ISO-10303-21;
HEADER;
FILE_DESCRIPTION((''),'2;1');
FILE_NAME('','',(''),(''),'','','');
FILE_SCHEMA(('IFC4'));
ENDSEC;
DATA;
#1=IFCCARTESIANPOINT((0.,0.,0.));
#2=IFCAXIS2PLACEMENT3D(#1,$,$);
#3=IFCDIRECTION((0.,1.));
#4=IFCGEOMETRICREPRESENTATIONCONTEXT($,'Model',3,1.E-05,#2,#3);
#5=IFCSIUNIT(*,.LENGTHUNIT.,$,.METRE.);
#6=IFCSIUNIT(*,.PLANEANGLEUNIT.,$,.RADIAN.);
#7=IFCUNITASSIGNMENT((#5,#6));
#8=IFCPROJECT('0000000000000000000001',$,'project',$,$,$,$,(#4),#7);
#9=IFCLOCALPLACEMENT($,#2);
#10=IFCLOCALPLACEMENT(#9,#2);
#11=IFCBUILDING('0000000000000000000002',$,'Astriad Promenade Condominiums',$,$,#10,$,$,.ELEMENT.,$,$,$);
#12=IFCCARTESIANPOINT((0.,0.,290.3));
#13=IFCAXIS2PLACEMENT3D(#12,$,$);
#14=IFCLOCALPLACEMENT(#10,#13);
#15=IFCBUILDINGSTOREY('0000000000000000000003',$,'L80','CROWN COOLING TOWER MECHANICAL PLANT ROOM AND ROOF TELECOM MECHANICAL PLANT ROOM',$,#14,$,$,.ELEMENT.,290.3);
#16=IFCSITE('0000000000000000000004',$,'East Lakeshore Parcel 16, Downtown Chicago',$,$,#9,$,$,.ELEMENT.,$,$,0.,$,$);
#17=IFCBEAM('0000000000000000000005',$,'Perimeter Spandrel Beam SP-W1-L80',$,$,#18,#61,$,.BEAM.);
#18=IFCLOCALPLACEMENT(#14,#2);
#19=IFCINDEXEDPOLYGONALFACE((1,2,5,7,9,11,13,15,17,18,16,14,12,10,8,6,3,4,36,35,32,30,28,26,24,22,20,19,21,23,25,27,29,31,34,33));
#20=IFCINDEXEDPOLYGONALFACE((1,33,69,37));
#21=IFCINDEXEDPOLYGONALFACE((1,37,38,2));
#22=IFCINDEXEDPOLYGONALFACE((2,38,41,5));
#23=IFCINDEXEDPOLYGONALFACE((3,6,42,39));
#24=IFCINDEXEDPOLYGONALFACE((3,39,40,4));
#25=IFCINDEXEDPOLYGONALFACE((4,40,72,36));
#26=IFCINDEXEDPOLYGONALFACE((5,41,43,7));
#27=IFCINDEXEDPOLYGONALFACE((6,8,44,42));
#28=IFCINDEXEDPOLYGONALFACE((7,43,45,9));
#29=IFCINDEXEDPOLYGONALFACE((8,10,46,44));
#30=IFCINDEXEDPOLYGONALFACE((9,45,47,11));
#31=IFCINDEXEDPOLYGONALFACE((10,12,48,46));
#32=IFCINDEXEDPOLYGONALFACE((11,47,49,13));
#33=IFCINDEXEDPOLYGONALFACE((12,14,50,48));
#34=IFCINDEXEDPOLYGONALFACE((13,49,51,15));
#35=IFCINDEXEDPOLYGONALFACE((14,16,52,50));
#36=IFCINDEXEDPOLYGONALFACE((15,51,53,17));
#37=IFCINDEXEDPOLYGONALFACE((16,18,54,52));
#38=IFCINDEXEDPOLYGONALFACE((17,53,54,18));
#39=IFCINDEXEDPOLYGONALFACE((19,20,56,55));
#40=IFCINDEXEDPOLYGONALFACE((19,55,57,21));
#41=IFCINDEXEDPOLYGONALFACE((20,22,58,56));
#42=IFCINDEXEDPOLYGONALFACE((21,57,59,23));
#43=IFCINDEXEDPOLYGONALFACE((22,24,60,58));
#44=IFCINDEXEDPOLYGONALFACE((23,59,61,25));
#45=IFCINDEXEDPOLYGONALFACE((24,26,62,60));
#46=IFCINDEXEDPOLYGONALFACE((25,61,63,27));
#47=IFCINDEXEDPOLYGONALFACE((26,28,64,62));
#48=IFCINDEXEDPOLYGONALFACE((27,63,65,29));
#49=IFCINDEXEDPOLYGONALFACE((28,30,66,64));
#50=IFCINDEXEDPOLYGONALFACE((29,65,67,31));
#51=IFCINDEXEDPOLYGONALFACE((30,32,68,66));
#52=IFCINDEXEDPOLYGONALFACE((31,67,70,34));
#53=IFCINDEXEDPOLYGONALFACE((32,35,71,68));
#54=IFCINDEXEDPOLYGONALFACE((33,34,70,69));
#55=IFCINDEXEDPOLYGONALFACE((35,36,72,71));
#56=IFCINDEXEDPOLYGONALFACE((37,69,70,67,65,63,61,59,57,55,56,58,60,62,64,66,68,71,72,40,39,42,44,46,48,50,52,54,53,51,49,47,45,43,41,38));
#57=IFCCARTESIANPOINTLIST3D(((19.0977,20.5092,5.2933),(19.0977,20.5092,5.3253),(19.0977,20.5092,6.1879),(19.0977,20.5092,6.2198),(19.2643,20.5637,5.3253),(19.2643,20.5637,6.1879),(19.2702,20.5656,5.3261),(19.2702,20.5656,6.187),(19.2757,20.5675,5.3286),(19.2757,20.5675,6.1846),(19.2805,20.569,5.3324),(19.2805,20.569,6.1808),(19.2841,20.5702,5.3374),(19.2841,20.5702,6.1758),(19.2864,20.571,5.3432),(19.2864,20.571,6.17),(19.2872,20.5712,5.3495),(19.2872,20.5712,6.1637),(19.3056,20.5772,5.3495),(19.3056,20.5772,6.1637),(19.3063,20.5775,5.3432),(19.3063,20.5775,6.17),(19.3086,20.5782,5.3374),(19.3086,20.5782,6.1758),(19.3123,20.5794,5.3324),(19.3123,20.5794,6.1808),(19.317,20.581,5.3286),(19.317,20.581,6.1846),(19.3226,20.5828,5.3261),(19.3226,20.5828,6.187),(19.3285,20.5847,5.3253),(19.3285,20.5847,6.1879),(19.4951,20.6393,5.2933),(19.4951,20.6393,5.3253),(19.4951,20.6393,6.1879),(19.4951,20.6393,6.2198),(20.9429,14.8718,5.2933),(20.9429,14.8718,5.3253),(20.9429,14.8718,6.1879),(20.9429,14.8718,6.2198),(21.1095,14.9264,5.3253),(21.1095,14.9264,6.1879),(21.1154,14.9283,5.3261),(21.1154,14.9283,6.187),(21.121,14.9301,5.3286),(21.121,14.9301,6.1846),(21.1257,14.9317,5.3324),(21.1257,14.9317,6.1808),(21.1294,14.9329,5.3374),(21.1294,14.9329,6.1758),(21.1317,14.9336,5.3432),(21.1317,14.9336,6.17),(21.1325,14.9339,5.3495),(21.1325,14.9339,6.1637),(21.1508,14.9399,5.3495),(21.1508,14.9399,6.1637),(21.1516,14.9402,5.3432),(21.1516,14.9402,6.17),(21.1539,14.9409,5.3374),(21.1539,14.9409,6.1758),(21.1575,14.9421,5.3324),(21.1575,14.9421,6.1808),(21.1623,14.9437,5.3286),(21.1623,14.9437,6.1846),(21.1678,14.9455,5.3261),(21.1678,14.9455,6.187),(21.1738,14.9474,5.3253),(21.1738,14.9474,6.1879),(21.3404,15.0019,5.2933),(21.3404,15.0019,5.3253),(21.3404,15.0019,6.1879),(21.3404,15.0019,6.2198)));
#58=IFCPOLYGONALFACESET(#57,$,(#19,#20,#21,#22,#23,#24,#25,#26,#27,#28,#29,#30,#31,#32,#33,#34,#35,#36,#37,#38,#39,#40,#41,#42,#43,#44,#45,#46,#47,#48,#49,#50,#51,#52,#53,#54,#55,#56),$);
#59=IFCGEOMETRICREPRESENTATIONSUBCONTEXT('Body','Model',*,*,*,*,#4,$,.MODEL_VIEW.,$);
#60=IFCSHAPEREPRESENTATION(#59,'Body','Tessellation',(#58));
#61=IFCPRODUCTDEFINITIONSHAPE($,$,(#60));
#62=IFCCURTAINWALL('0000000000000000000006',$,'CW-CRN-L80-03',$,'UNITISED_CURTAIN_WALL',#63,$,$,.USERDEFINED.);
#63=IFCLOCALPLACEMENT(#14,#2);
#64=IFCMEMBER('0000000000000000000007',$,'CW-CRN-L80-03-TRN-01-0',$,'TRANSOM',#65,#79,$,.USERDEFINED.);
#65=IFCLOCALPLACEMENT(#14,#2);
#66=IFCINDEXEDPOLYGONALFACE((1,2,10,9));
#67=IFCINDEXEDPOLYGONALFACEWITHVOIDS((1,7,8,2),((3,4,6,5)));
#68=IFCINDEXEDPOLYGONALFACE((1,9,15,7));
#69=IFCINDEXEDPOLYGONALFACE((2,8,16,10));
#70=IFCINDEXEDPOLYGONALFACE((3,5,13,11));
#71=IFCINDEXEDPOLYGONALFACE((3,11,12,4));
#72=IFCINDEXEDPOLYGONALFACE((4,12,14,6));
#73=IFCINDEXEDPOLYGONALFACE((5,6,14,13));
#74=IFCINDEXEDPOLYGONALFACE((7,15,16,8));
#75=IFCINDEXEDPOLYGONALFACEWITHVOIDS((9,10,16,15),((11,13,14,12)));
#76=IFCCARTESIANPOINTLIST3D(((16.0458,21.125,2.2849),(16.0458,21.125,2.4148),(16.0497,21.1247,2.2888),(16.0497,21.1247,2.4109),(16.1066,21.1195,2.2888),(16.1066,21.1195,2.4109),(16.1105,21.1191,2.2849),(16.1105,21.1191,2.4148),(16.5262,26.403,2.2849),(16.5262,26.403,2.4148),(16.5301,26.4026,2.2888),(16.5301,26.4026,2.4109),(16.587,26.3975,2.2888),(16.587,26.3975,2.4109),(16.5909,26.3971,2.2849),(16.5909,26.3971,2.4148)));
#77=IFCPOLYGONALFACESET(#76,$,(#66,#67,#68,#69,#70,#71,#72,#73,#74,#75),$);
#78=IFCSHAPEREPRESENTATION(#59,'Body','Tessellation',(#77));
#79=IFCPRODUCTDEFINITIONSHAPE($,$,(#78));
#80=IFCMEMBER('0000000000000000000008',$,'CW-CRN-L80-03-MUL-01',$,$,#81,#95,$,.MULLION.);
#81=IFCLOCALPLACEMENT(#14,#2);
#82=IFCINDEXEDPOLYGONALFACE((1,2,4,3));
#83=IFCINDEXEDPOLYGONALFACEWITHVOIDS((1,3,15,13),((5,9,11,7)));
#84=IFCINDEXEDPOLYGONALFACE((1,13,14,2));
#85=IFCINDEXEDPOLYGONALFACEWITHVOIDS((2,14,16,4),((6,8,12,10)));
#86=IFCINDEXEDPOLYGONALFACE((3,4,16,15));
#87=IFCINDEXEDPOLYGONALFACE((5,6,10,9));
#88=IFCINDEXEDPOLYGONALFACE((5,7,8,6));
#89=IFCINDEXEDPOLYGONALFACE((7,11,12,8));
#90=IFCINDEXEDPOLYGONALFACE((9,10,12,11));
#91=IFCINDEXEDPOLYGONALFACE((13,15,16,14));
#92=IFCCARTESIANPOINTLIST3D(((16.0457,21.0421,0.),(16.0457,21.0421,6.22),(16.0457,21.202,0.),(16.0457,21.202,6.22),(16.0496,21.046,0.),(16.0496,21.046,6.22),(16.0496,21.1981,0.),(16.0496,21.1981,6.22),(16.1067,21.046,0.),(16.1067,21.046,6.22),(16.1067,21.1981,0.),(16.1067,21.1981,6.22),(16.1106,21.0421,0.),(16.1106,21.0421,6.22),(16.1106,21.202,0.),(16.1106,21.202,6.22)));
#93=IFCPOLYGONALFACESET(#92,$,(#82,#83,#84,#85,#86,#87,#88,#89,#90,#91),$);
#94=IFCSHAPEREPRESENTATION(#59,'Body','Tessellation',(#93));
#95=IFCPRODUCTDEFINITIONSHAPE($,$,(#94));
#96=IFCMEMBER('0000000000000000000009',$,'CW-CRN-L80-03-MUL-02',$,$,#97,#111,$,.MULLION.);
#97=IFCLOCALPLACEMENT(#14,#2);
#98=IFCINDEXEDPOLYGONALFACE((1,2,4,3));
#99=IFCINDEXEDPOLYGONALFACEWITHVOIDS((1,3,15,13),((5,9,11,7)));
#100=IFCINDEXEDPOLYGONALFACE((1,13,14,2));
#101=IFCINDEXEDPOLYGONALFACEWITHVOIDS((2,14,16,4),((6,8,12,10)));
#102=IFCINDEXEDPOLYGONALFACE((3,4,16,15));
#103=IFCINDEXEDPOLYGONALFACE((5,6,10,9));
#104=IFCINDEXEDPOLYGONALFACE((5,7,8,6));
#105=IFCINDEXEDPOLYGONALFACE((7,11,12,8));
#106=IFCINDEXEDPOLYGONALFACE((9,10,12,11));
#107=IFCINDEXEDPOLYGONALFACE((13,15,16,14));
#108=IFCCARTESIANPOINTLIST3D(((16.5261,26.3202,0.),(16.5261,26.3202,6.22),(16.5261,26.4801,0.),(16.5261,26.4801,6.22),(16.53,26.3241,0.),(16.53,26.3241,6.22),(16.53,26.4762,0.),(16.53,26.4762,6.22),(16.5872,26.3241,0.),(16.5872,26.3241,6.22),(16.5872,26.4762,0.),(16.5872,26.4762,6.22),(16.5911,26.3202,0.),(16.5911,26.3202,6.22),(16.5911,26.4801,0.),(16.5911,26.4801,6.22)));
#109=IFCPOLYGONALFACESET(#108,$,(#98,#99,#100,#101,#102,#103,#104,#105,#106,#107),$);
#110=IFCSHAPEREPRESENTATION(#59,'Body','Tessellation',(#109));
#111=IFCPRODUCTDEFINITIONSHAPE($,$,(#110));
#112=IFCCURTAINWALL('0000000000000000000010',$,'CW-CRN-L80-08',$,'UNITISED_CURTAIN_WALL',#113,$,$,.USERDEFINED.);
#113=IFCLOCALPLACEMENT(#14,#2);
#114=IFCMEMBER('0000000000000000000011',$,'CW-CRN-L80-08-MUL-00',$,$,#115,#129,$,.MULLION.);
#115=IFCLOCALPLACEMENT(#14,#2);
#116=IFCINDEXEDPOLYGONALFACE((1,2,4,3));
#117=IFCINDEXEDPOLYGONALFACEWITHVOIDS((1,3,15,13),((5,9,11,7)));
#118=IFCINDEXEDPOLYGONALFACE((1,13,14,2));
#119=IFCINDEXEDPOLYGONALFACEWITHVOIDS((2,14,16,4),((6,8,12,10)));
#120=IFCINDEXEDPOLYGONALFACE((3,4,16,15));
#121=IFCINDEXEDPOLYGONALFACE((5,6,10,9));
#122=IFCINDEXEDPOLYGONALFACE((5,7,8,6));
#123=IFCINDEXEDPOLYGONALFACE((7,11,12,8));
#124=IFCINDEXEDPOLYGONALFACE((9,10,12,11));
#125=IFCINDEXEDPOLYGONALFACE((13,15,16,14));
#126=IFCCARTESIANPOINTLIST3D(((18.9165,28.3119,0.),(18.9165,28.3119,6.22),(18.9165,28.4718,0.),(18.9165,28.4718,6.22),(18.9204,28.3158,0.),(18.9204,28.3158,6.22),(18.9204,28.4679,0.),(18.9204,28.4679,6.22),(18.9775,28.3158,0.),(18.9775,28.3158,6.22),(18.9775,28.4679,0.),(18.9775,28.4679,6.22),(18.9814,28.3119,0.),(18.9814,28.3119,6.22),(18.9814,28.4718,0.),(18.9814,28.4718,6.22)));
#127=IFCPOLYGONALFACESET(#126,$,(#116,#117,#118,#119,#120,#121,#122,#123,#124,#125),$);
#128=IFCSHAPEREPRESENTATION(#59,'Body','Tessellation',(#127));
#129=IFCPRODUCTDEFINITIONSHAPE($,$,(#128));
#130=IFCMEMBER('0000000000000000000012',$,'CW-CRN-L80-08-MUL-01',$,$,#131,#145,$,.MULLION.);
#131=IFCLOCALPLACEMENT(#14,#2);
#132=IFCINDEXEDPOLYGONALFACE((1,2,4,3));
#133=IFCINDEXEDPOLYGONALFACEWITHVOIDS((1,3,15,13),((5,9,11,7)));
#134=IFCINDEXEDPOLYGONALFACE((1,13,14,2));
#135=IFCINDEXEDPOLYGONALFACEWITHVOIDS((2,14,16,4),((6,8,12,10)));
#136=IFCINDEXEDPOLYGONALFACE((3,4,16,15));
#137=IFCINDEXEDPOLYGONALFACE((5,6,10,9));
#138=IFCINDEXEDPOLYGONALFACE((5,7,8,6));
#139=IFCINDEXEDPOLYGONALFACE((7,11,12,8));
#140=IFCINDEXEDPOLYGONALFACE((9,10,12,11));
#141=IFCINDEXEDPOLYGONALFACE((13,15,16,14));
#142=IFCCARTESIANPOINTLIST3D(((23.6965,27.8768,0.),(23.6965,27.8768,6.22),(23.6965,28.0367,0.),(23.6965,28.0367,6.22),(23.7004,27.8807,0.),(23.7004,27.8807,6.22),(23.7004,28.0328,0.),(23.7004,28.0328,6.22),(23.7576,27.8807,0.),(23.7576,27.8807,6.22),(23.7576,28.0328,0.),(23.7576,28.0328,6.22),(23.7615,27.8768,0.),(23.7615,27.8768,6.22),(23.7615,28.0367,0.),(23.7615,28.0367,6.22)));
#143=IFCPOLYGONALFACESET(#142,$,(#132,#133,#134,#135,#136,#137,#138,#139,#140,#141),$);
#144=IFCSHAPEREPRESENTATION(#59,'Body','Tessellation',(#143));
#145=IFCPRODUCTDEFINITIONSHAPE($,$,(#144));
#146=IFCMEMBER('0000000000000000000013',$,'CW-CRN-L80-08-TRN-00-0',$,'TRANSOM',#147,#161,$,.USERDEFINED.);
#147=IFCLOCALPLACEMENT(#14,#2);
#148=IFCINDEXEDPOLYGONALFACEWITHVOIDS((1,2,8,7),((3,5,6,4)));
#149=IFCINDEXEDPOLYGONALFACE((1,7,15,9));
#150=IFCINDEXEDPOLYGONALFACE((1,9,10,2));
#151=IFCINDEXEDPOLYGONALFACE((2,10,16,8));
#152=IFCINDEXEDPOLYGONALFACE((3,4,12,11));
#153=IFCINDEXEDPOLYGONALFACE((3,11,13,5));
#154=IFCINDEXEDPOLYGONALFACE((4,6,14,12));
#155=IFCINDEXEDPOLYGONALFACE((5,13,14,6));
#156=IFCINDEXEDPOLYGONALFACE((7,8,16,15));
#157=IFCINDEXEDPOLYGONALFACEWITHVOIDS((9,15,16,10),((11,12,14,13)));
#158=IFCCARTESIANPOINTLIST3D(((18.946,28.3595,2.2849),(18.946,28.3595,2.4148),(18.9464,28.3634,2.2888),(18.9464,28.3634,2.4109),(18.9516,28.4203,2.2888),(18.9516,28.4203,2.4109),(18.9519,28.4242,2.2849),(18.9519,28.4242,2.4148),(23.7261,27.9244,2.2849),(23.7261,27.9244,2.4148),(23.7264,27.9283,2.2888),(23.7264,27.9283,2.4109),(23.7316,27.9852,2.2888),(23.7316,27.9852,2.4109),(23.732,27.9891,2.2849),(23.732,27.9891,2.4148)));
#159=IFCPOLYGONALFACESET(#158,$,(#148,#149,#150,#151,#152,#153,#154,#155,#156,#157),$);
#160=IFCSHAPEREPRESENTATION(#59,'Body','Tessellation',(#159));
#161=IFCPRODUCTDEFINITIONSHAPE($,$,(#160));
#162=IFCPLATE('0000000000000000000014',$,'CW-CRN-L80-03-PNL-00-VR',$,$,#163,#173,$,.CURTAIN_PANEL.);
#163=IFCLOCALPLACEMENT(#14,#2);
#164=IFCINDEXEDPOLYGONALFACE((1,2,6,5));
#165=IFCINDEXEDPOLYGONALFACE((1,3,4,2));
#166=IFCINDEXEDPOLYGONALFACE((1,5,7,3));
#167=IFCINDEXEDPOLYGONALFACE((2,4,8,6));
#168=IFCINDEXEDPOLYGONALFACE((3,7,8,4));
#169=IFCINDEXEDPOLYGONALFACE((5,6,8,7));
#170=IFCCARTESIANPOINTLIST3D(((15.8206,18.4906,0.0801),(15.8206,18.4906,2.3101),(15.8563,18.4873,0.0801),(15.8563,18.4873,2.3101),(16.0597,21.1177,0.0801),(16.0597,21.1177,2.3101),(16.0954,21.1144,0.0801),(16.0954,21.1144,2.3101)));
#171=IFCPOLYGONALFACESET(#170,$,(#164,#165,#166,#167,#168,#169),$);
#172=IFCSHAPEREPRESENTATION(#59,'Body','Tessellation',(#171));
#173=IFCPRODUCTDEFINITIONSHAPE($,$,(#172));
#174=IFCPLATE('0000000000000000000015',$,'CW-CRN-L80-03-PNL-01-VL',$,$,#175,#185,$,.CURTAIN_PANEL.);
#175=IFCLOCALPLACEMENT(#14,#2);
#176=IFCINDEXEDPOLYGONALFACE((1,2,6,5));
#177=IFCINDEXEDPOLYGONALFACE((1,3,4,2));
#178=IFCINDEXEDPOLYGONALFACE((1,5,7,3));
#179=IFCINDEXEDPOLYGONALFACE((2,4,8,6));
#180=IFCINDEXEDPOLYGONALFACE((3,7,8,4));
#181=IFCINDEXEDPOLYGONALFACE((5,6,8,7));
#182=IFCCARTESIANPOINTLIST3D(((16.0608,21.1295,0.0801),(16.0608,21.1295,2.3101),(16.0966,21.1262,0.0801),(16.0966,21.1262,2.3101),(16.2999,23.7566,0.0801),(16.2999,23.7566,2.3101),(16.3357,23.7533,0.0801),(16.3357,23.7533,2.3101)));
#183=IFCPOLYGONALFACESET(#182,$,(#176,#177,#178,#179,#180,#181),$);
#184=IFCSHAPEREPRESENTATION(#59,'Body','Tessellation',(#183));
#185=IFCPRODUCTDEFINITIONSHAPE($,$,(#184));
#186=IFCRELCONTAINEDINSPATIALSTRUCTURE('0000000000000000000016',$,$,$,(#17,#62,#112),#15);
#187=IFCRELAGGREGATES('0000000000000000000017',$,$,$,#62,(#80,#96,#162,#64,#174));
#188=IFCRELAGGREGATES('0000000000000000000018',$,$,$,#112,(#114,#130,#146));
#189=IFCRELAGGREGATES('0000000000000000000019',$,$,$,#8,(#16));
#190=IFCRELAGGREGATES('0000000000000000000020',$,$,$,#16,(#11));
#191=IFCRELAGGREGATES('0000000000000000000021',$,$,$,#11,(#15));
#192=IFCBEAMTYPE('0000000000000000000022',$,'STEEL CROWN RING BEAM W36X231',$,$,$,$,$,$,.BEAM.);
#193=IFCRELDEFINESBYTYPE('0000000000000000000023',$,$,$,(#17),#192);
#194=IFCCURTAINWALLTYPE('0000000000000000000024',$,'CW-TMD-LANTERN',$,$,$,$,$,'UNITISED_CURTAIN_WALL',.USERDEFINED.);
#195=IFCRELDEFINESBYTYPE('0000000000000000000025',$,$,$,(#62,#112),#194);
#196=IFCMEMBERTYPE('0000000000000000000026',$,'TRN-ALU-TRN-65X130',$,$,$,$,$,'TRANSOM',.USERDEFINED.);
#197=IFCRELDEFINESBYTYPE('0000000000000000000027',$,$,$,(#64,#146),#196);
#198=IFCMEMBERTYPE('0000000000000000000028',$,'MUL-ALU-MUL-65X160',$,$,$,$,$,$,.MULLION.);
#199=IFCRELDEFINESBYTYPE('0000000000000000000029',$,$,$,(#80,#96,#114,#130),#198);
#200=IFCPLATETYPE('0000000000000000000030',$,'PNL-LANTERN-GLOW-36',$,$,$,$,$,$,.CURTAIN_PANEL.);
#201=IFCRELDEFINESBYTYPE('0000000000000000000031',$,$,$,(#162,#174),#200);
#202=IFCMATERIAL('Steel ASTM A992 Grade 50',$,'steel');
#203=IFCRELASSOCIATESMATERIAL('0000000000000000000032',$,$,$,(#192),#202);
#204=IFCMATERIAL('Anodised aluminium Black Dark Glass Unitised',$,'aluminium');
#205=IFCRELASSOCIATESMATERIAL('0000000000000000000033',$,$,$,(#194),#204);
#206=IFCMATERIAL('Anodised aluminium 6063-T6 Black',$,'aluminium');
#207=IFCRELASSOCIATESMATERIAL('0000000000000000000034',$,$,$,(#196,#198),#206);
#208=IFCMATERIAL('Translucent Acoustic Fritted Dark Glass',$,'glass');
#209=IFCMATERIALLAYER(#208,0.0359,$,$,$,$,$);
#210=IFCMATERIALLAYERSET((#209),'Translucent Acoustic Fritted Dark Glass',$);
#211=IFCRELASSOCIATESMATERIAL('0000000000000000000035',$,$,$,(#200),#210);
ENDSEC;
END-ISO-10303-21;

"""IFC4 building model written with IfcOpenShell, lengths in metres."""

from ifc_helpers import new_model, si_unit, direction, frame, origin, origin_2d, place, context, subcontext, project, spatial, rectangle, hollow_rectangle, i_section, extrude, source, transform, mapped, material, layer, layer_set, material_profile, profile_set, type_object, type_shapes, element, aggregate, save


model = new_model("IFC4")

# Units and contexts
model_context = context("Model", 3, precision=1e-05, world=origin(), true_north=direction((0.0, 1.0)))
body_context = subcontext(model_context, "Body", "Model", "MODEL_VIEW")
ifc_project = project(units=[si_unit("LENGTHUNIT", "METRE"), si_unit("PLANEANGLEUNIT", "RADIAN")], contexts=[model_context])

# Site, building, storey
site_placement = place(None, origin())
site = spatial("IfcSite", under=ifc_project, at=site_placement, Name="East Lakeshore Parcel 16, Downtown Chicago", CompositionType="ELEMENT", RefElevation=0.0)
building_placement = place(site_placement, origin())
building = spatial("IfcBuilding", under=site, at=building_placement, Name="Astriad Promenade Condominiums", CompositionType="ELEMENT")
storey_placement = place(building_placement, frame((0.0, 0.0, 290.3)))
storey = spatial("IfcBuildingStorey", under=building, at=storey_placement, Name="L80", Description="CROWN COOLING TOWER MECHANICAL PLANT ROOM AND ROOF TELECOM MECHANICAL PLANT ROOM", CompositionType="ELEMENT", Elevation=290.3)

# Shared definitions
ifc_material_1 = material(Name="Steel ASTM A992 Grade 50", Category="steel")

# Beam
ifc_material_profile_1 = material_profile(ifc_material_1, i_section(OverallWidth=0.4182, OverallDepth=0.9265, WebThickness=0.0193, FlangeThickness=0.032, FilletRadius=0.0242, at=origin_2d()), Name="W36X231")
ifc_profile_set_1 = profile_set([ifc_material_profile_1], Name="Steel ASTM A992 Grade 50")
beam_type_1 = type_object("IfcBeamType", Name="STEEL CROWN RING BEAM W36X231", PredefinedType="BEAM", material=ifc_profile_set_1)
shared_shape_1 = source(origin(), body_context, "Body", "SweptSolid", [
    extrude(i_section(OverallWidth=0.4182, OverallDepth=0.9265, WebThickness=0.0193, FlangeThickness=0.032, FilletRadius=0.0242, at=origin_2d()), origin(), (0.0, 0.0, 1.0), 5.9316),
])
beam_1_placement = place(storey_placement, frame((19.2964, 20.5742, 5.7566), z_axis=(0.311086, -0.950382, 0.0), x_axis=(0.950382, 0.311086, 0.0)))
element("IfcBeam", 1, at=beam_1_placement, inside=storey, type_object=beam_type_1, Name="Perimeter Spandrel Beam SP-W1-L80", PredefinedType="BEAM", context=body_context, shape_type="MappedRepresentation", body=[
    mapped(shared_shape_1, transform((0.0, 0.0, 0.0), scale=1.0)),
])

# Curtain walls, members
ifc_material_2 = material(Name="Anodised aluminium Black Dark Glass Unitised", Category="aluminium")
curtain_wall_type = type_object("IfcCurtainWallType", Name="CW-TMD-LANTERN", ElementType="UNITISED_CURTAIN_WALL", PredefinedType="USERDEFINED", material=ifc_material_2)
curtain_wall_1_placement = place(storey_placement, origin())
curtain_wall_1 = element("IfcCurtainWall", 2, at=curtain_wall_1_placement, inside=storey, type_object=curtain_wall_type, Name="CW-CRN-L80-03", ObjectType="UNITISED_CURTAIN_WALL", PredefinedType="USERDEFINED")
ifc_material_3 = material(Name="Anodised aluminium 6063-T6 Black", Category="aluminium")
ifc_material_profile_2 = material_profile(ifc_material_3, hollow_rectangle(XDim=0.0649, YDim=0.1299, WallThickness=0.0039, at=origin_2d()), Name="ALU-TRN-65X130")
ifc_profile_set_2 = profile_set([ifc_material_profile_2], Name="Anodised aluminium 6063-T6 Black")
member_type_1 = type_object("IfcMemberType", Name="TRN-ALU-TRN-65X130", ElementType="TRANSOM", PredefinedType="USERDEFINED", material=ifc_profile_set_2)
shared_shape_2 = source(origin(), body_context, "Body", "SweptSolid", [
    extrude(hollow_rectangle(XDim=0.0649, YDim=0.1299, WallThickness=0.0039, at=origin_2d()), origin(), (0.0, 0.0, 1.0), 5.2998),
])
member_1_placement = place(storey_placement, frame((16.0781, 21.1221, 2.3499), z_axis=(0.090656, 0.995882, 0.0), x_axis=(-0.995882, 0.090656, 0.0)))
member_1 = element("IfcMember", 3, at=member_1_placement, type_object=member_type_1, Name="CW-CRN-L80-03-TRN-01-0", ObjectType="TRANSOM", PredefinedType="USERDEFINED", context=body_context, shape_type="MappedRepresentation", body=[
    mapped(shared_shape_2, transform((0.0, 0.0, 0.0), scale=1.0)),
])
ifc_material_profile_3 = material_profile(ifc_material_3, hollow_rectangle(XDim=0.0649, YDim=0.1599, WallThickness=0.0039, at=origin_2d()), Name="ALU-MUL-65X160")
ifc_profile_set_3 = profile_set([ifc_material_profile_3], Name="Anodised aluminium 6063-T6 Black")
member_type_2 = type_object("IfcMemberType", Name="MUL-ALU-MUL-65X160", PredefinedType="MULLION", material=ifc_profile_set_3)
shared_shape_3 = source(origin(), body_context, "Body", "SweptSolid", [
    extrude(hollow_rectangle(XDim=0.0649, YDim=0.1599, WallThickness=0.0039, at=origin_2d()), origin(), (0.0, 0.0, 1.0), 6.22),
])
type_shapes(member_type_2, [shared_shape_3])
member_2_placement = place(storey_placement, frame((16.0781, 21.1221, 0.0), z_axis=(0.0, 0.0, 1.0), x_axis=(1.0, 0.0, 0.0)))
member_2 = element("IfcMember", 4, at=member_2_placement, type_object=member_type_2, Name="CW-CRN-L80-03-MUL-01", PredefinedType="MULLION", context=body_context, shape_type="MappedRepresentation", body=[
    mapped(shared_shape_3, transform((0.0, 0.0, 0.0), scale=1.0)),
])
member_3_placement = place(storey_placement, frame((16.5586, 26.4001, 0.0), z_axis=(0.0, 0.0, 1.0), x_axis=(1.0, 0.0, 0.0)))
member_3 = element("IfcMember", 5, at=member_3_placement, type_object=member_type_2, Name="CW-CRN-L80-03-MUL-02", PredefinedType="MULLION", context=body_context, shape_type="MappedRepresentation", body=[
    mapped(shared_shape_3, transform((0.0, 0.0, 0.0), scale=1.0)),
])
curtain_wall_2_placement = place(storey_placement, origin())
curtain_wall_2 = element("IfcCurtainWall", 6, at=curtain_wall_2_placement, inside=storey, type_object=curtain_wall_type, Name="CW-CRN-L80-08", ObjectType="UNITISED_CURTAIN_WALL", PredefinedType="USERDEFINED")
member_4_placement = place(storey_placement, frame((18.949, 28.3918, 0.0), z_axis=(0.0, 0.0, 1.0), x_axis=(1.0, 0.0, 0.0)))
member_4 = element("IfcMember", 7, at=member_4_placement, type_object=member_type_2, Name="CW-CRN-L80-08-MUL-00", PredefinedType="MULLION", context=body_context, shape_type="MappedRepresentation", body=[
    mapped(shared_shape_3, transform((0.0, 0.0, 0.0), scale=1.0)),
])
member_5_placement = place(storey_placement, frame((23.729, 27.9568, 0.0), z_axis=(0.0, 0.0, 1.0), x_axis=(1.0, 0.0, 0.0)))
member_5 = element("IfcMember", 8, at=member_5_placement, type_object=member_type_2, Name="CW-CRN-L80-08-MUL-01", PredefinedType="MULLION", context=body_context, shape_type="MappedRepresentation", body=[
    mapped(shared_shape_3, transform((0.0, 0.0, 0.0), scale=1.0)),
])
shared_shape_4 = source(origin(), body_context, "Body", "SweptSolid", [
    extrude(hollow_rectangle(XDim=0.0649, YDim=0.1299, WallThickness=0.0039, at=origin_2d()), origin(), (0.0, 0.0, 1.0), 4.7998),
])
type_shapes(member_type_1, [shared_shape_2, shared_shape_4])
member_6_placement = place(storey_placement, frame((18.949, 28.3918, 2.3499), z_axis=(0.995884, -0.090641, 0.0), x_axis=(0.090641, 0.995884, 0.0)))
member_6 = element("IfcMember", 9, at=member_6_placement, type_object=member_type_1, Name="CW-CRN-L80-08-TRN-00-0", ObjectType="TRANSOM", PredefinedType="USERDEFINED", context=body_context, shape_type="MappedRepresentation", body=[
    mapped(shared_shape_4, transform((0.0, 0.0, 0.0), scale=1.0)),
])

# Plates
ifc_material_4 = material(Name="Translucent Acoustic Fritted Dark Glass", Category="glass")
ifc_layer_1 = layer(ifc_material_4, 0.0359)
ifc_layer_set_1 = layer_set([ifc_layer_1], Name="Translucent Acoustic Fritted Dark Glass")
plate_type_1 = type_object("IfcPlateType", Name="PNL-LANTERN-GLOW-36", PredefinedType="CURTAIN_PANEL", material=ifc_layer_set_1)
shared_shape_5 = source(origin(), body_context, "Body", "SweptSolid", [
    extrude(rectangle(XDim=2.6379, YDim=0.0359, at=origin_2d()), origin(), (0.0, 0.0, 1.0), 2.23),
])
plate_1_placement = place(storey_placement, frame((15.958, 19.8025, 0.0801), z_axis=(0.0, 0.0, 1.0), x_axis=(0.090633, 0.995884, 0.0)))
plate_1 = element("IfcPlate", 10, at=plate_1_placement, type_object=plate_type_1, Name="CW-CRN-L80-03-PNL-00-VR", PredefinedType="CURTAIN_PANEL", context=body_context, shape_type="MappedRepresentation", body=[
    mapped(shared_shape_5, transform((0.0, 0.0, 0.0), scale=1.0)),
])
plate_2_placement = place(storey_placement, frame((16.1982, 22.4414, 0.0801), z_axis=(0.0, 0.0, 1.0), x_axis=(0.090633, 0.995884, 0.0)))
plate_2 = element("IfcPlate", 11, at=plate_2_placement, type_object=plate_type_1, Name="CW-CRN-L80-03-PNL-01-VL", PredefinedType="CURTAIN_PANEL", context=body_context, shape_type="MappedRepresentation", body=[
    mapped(shared_shape_5, transform((0.0, 0.0, 0.0), scale=1.0)),
])
aggregate(curtain_wall_1, [member_2, member_3, plate_1, member_1, plate_2])

aggregate(curtain_wall_2, [member_4, member_5, member_6])

save(model, "model.ifc")
